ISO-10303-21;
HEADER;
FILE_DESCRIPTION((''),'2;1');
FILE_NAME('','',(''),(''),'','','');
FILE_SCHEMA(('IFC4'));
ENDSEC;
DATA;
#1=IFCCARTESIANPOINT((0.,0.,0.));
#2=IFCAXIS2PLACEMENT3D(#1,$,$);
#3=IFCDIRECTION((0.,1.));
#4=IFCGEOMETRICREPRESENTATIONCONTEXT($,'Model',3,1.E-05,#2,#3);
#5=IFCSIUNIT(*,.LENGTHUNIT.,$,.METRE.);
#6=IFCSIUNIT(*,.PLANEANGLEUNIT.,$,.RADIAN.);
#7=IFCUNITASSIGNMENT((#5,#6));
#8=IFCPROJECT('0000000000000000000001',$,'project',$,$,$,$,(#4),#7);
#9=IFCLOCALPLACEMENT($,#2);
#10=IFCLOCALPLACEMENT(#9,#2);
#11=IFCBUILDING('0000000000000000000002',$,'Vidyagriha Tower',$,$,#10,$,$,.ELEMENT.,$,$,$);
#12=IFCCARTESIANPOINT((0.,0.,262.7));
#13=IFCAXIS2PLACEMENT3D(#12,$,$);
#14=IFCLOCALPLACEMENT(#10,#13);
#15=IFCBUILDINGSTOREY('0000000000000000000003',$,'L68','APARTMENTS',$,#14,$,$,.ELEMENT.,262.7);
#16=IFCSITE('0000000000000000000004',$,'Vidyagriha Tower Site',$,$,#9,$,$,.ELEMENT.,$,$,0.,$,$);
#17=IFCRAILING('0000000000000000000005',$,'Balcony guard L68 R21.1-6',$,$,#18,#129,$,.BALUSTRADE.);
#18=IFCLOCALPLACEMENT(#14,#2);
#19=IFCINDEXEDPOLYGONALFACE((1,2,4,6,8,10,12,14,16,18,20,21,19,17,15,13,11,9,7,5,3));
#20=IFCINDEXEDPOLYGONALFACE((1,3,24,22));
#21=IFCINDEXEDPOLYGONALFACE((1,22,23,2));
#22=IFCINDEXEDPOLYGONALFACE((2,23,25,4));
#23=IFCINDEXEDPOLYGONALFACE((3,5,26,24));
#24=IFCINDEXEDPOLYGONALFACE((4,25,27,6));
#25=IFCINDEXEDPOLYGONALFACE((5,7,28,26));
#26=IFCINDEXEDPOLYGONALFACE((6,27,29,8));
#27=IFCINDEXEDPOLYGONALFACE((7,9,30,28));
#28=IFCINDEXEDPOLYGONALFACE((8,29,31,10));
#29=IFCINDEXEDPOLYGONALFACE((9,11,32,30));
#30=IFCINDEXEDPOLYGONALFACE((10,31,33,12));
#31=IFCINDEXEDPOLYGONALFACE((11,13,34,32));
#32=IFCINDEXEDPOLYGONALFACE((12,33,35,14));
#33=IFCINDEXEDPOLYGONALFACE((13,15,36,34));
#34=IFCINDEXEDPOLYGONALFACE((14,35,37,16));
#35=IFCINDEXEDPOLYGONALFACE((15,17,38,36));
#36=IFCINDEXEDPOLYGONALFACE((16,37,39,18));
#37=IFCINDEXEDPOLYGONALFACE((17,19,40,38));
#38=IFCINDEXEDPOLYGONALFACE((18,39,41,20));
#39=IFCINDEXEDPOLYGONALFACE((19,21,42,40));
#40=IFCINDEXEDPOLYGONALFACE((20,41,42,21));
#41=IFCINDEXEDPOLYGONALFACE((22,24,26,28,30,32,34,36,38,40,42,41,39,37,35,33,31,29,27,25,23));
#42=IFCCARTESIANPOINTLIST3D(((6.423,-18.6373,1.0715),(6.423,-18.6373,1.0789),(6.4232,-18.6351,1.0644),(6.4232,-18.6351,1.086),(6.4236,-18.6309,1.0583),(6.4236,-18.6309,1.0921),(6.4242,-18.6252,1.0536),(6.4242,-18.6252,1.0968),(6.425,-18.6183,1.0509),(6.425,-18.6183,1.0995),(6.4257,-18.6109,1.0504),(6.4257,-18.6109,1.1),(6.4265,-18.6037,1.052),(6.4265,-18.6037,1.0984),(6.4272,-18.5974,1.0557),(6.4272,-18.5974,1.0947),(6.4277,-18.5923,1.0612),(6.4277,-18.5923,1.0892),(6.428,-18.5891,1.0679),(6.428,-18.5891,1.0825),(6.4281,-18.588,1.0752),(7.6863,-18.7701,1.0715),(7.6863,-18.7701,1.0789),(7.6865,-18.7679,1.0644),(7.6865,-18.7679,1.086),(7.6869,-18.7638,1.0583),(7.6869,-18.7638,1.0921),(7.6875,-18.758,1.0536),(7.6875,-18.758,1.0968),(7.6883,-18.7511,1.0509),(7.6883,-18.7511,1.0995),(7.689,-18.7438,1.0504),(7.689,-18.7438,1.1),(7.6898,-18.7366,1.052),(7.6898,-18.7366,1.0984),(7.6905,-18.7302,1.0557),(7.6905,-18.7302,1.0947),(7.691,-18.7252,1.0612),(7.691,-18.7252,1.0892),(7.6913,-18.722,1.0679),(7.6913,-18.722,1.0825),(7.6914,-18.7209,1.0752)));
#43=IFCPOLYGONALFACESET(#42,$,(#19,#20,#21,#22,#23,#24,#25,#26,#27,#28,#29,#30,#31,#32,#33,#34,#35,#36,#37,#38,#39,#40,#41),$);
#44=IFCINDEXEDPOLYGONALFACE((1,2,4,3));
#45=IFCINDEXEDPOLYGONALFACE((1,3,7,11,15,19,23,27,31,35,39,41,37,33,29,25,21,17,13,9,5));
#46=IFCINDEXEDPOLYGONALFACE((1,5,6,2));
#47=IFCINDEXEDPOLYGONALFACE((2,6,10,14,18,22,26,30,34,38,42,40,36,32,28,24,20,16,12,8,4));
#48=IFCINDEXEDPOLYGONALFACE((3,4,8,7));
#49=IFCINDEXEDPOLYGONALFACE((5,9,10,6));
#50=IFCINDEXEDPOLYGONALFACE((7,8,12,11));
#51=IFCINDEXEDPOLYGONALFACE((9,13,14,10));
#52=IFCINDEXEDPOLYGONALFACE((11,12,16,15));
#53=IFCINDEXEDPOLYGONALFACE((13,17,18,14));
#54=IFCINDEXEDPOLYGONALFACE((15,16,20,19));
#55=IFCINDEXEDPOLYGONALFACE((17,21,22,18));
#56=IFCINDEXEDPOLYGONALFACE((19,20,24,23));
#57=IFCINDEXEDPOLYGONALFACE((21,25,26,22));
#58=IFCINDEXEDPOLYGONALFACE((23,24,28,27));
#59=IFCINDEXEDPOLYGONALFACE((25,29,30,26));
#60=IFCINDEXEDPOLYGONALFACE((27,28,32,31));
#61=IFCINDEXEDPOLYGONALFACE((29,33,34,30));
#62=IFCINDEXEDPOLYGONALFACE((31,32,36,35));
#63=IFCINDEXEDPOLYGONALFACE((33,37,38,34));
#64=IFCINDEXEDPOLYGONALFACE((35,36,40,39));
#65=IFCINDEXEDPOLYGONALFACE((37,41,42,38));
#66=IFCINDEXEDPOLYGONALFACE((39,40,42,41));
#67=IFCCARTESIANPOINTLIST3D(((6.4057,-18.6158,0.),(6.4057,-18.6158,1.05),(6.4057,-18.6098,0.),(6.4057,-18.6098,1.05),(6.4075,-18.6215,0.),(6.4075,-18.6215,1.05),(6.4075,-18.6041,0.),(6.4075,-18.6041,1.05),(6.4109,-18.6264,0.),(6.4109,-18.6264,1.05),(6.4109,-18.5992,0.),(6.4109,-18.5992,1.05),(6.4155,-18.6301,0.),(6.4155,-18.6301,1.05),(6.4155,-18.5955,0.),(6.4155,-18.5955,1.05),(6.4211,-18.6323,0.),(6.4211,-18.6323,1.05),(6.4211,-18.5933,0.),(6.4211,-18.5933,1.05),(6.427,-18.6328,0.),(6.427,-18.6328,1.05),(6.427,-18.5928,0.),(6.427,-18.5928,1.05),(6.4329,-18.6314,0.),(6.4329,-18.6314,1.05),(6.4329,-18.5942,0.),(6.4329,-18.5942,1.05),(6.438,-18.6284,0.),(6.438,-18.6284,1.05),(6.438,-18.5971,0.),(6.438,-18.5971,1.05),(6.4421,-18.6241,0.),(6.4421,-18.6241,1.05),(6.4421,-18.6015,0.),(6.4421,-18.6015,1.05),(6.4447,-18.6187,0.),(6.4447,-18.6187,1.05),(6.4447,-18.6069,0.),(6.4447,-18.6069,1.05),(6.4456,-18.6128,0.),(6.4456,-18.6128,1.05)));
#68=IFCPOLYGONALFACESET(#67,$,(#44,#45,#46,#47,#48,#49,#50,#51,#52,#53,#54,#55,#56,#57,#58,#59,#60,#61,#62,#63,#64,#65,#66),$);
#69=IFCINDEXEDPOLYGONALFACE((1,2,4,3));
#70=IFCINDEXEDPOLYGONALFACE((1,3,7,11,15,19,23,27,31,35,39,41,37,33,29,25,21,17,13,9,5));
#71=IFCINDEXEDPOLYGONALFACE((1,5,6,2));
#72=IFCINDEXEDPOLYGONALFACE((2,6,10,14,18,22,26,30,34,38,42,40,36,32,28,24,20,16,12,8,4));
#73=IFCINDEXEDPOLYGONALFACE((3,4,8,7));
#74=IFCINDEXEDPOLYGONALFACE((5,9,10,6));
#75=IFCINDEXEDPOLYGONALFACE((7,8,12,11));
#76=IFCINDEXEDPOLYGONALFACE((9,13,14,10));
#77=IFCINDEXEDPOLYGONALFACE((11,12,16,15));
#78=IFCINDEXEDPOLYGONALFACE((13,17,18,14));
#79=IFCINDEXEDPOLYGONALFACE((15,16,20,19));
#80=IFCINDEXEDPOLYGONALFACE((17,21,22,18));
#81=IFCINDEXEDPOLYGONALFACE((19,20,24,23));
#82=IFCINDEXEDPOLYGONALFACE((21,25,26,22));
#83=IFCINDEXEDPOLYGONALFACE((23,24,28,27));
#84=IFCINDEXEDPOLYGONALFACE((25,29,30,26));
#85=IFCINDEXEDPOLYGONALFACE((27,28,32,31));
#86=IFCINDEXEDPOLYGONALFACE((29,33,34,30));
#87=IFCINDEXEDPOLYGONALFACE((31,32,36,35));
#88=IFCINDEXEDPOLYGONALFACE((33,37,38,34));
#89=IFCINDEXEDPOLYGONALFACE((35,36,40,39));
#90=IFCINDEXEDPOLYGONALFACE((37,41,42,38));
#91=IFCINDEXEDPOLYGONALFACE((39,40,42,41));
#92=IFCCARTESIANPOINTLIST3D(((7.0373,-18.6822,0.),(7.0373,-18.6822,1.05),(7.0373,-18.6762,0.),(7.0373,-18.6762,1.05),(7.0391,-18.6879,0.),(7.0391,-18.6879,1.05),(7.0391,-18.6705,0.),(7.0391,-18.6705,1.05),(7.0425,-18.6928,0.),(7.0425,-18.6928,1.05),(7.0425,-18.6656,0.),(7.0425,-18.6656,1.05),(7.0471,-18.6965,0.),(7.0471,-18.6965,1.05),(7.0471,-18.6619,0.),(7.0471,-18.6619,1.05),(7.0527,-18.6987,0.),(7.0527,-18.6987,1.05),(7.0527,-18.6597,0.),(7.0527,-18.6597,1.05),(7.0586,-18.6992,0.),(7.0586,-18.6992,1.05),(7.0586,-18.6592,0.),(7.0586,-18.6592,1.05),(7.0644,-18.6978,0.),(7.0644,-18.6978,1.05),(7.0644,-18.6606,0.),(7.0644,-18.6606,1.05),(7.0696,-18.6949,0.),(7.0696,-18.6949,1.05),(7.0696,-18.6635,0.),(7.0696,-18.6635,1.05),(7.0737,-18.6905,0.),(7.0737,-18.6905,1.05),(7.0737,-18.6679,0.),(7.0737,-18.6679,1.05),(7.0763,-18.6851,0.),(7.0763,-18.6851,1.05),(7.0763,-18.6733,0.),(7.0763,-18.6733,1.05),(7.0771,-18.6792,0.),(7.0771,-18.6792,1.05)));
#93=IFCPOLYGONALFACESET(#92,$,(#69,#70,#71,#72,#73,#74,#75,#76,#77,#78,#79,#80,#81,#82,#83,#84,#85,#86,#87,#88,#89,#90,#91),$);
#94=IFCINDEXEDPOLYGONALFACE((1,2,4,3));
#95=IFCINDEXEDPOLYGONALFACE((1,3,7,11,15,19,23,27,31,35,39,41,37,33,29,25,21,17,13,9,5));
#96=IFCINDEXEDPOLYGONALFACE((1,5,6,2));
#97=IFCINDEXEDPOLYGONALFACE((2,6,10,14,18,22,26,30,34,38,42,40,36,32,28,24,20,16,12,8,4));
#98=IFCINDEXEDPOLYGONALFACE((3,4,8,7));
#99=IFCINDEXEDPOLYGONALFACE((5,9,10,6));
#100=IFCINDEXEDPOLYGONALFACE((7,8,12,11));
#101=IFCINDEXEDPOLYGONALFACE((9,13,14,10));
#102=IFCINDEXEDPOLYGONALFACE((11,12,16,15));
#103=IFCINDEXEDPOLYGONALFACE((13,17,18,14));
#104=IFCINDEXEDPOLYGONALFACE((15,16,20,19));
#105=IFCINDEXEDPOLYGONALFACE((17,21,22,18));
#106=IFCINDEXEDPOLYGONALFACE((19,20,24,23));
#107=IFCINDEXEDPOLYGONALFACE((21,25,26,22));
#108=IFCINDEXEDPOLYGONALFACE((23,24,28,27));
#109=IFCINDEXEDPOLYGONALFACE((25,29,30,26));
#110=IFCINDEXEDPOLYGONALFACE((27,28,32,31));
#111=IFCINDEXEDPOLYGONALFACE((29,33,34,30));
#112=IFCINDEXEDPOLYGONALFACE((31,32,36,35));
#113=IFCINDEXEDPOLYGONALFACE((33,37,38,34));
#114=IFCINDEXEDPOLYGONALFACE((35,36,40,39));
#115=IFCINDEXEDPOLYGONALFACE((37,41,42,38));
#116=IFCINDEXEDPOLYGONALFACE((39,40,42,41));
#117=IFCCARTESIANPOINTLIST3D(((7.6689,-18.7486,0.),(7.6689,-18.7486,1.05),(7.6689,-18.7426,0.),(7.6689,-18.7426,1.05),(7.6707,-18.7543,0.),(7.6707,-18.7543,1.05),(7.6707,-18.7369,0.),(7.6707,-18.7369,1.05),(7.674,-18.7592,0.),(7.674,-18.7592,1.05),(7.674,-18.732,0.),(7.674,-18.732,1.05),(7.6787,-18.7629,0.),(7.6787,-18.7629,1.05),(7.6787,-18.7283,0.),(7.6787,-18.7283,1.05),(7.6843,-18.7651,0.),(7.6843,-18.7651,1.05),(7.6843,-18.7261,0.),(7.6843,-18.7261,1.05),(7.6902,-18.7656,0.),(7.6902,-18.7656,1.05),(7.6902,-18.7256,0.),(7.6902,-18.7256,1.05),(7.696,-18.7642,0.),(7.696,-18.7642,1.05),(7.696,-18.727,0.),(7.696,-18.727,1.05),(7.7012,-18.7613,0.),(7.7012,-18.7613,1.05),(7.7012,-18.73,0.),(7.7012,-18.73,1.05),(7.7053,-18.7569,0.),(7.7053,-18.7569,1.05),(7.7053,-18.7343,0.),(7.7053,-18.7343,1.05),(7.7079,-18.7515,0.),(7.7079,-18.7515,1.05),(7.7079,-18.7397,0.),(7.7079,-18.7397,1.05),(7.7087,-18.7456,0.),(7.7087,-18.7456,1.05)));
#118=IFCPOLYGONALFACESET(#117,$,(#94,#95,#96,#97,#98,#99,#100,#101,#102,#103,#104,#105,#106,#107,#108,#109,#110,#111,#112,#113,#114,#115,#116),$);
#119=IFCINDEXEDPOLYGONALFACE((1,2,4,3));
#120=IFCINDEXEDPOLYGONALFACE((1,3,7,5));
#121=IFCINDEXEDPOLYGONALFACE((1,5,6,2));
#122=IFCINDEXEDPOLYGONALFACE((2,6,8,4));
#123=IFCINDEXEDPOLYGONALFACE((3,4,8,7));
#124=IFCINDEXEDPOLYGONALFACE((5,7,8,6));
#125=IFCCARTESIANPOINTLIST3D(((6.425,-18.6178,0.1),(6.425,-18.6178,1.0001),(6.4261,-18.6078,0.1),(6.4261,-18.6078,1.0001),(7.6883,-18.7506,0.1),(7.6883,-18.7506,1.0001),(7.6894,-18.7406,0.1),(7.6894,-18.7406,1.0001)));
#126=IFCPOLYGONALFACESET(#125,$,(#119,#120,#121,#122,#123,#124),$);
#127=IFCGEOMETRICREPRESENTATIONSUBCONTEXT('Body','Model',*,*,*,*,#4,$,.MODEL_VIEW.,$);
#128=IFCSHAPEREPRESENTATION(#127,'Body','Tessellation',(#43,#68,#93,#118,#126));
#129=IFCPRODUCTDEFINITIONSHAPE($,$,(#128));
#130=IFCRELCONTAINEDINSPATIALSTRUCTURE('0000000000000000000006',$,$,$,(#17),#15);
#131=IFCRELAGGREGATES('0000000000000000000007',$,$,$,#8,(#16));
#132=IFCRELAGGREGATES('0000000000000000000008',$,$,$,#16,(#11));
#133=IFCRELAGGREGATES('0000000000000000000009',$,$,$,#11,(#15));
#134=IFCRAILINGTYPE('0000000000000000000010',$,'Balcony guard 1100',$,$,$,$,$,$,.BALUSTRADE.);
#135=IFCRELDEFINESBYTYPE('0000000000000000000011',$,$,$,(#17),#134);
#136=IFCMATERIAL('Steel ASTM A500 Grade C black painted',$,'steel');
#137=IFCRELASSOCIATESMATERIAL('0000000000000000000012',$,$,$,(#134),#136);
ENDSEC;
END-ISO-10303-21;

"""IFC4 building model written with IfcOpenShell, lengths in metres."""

from ifc_helpers import new_model, si_unit, direction, frame, origin, origin_2d, place, context, subcontext, project, spatial, rectangle, circle, extrude, material, type_object, element, save


model = new_model("IFC4")

# Units and contexts
model_context = context("Model", 3, precision=1e-05, world=origin(), true_north=direction((0.0, 1.0)))
body_context = subcontext(model_context, "Body", "Model", "MODEL_VIEW")
ifc_project = project(units=[si_unit("LENGTHUNIT", "METRE"), si_unit("PLANEANGLEUNIT", "RADIAN")], contexts=[model_context])

# Site, building, storey
site_placement = place(None, origin())
site = spatial("IfcSite", under=ifc_project, at=site_placement, Name="Vidyagriha Tower Site", CompositionType="ELEMENT", RefElevation=0.0)
building_placement = place(site_placement, origin())
building = spatial("IfcBuilding", under=site, at=building_placement, Name="Vidyagriha Tower", CompositionType="ELEMENT")
storey_placement = place(building_placement, frame((0.0, 0.0, 262.7)))
storey = spatial("IfcBuildingStorey", under=building, at=storey_placement, Name="L68", Description="APARTMENTS", CompositionType="ELEMENT", Elevation=262.7)

# Railing
ifc_material_1 = material(Name="Steel ASTM A500 Grade C black painted", Category="steel")
railing_type = type_object("IfcRailingType", Name="Balcony guard 1100", PredefinedType="BALUSTRADE", material=ifc_material_1)
railing_1_placement = place(storey_placement, frame((6.4255, -18.6128, 0.0)))
element("IfcRailing", 1, at=railing_1_placement, inside=storey, type_object=railing_type, Name="Balcony guard L68 R21.1-6", PredefinedType="BALUSTRADE", context=body_context, shape_type="SweptSolid", body=[
    extrude(circle(Radius=0.0249, at=origin_2d()), frame((0.0, 0.0, 1.0752), z_axis=(0.994518, -0.104565, 0.0), x_axis=(0.104565, 0.994518, 0.0)), (0.0, 0.0, 1.0), 1.2703),
    extrude(circle(Radius=0.02, at=origin_2d()), origin(), (0.0, 0.0, 1.0), 1.05),
    extrude(circle(Radius=0.02, at=origin_2d()), frame((0.6316, -0.0664, 0.0)), (0.0, 0.0, 1.0), 1.05),
    extrude(circle(Radius=0.02, at=origin_2d()), frame((1.2632, -0.1328, 0.0)), (0.0, 0.0, 1.0), 1.05),
    extrude(rectangle(XDim=0.01, YDim=0.9001, at=origin_2d()), frame((0.0, 0.0, 0.55), z_axis=(0.994518, -0.104565, 0.0), x_axis=(0.104565, 0.994518, 0.0)), (0.0, 0.0, 1.0), 1.2703),
])

save(model, "model.ifc")
